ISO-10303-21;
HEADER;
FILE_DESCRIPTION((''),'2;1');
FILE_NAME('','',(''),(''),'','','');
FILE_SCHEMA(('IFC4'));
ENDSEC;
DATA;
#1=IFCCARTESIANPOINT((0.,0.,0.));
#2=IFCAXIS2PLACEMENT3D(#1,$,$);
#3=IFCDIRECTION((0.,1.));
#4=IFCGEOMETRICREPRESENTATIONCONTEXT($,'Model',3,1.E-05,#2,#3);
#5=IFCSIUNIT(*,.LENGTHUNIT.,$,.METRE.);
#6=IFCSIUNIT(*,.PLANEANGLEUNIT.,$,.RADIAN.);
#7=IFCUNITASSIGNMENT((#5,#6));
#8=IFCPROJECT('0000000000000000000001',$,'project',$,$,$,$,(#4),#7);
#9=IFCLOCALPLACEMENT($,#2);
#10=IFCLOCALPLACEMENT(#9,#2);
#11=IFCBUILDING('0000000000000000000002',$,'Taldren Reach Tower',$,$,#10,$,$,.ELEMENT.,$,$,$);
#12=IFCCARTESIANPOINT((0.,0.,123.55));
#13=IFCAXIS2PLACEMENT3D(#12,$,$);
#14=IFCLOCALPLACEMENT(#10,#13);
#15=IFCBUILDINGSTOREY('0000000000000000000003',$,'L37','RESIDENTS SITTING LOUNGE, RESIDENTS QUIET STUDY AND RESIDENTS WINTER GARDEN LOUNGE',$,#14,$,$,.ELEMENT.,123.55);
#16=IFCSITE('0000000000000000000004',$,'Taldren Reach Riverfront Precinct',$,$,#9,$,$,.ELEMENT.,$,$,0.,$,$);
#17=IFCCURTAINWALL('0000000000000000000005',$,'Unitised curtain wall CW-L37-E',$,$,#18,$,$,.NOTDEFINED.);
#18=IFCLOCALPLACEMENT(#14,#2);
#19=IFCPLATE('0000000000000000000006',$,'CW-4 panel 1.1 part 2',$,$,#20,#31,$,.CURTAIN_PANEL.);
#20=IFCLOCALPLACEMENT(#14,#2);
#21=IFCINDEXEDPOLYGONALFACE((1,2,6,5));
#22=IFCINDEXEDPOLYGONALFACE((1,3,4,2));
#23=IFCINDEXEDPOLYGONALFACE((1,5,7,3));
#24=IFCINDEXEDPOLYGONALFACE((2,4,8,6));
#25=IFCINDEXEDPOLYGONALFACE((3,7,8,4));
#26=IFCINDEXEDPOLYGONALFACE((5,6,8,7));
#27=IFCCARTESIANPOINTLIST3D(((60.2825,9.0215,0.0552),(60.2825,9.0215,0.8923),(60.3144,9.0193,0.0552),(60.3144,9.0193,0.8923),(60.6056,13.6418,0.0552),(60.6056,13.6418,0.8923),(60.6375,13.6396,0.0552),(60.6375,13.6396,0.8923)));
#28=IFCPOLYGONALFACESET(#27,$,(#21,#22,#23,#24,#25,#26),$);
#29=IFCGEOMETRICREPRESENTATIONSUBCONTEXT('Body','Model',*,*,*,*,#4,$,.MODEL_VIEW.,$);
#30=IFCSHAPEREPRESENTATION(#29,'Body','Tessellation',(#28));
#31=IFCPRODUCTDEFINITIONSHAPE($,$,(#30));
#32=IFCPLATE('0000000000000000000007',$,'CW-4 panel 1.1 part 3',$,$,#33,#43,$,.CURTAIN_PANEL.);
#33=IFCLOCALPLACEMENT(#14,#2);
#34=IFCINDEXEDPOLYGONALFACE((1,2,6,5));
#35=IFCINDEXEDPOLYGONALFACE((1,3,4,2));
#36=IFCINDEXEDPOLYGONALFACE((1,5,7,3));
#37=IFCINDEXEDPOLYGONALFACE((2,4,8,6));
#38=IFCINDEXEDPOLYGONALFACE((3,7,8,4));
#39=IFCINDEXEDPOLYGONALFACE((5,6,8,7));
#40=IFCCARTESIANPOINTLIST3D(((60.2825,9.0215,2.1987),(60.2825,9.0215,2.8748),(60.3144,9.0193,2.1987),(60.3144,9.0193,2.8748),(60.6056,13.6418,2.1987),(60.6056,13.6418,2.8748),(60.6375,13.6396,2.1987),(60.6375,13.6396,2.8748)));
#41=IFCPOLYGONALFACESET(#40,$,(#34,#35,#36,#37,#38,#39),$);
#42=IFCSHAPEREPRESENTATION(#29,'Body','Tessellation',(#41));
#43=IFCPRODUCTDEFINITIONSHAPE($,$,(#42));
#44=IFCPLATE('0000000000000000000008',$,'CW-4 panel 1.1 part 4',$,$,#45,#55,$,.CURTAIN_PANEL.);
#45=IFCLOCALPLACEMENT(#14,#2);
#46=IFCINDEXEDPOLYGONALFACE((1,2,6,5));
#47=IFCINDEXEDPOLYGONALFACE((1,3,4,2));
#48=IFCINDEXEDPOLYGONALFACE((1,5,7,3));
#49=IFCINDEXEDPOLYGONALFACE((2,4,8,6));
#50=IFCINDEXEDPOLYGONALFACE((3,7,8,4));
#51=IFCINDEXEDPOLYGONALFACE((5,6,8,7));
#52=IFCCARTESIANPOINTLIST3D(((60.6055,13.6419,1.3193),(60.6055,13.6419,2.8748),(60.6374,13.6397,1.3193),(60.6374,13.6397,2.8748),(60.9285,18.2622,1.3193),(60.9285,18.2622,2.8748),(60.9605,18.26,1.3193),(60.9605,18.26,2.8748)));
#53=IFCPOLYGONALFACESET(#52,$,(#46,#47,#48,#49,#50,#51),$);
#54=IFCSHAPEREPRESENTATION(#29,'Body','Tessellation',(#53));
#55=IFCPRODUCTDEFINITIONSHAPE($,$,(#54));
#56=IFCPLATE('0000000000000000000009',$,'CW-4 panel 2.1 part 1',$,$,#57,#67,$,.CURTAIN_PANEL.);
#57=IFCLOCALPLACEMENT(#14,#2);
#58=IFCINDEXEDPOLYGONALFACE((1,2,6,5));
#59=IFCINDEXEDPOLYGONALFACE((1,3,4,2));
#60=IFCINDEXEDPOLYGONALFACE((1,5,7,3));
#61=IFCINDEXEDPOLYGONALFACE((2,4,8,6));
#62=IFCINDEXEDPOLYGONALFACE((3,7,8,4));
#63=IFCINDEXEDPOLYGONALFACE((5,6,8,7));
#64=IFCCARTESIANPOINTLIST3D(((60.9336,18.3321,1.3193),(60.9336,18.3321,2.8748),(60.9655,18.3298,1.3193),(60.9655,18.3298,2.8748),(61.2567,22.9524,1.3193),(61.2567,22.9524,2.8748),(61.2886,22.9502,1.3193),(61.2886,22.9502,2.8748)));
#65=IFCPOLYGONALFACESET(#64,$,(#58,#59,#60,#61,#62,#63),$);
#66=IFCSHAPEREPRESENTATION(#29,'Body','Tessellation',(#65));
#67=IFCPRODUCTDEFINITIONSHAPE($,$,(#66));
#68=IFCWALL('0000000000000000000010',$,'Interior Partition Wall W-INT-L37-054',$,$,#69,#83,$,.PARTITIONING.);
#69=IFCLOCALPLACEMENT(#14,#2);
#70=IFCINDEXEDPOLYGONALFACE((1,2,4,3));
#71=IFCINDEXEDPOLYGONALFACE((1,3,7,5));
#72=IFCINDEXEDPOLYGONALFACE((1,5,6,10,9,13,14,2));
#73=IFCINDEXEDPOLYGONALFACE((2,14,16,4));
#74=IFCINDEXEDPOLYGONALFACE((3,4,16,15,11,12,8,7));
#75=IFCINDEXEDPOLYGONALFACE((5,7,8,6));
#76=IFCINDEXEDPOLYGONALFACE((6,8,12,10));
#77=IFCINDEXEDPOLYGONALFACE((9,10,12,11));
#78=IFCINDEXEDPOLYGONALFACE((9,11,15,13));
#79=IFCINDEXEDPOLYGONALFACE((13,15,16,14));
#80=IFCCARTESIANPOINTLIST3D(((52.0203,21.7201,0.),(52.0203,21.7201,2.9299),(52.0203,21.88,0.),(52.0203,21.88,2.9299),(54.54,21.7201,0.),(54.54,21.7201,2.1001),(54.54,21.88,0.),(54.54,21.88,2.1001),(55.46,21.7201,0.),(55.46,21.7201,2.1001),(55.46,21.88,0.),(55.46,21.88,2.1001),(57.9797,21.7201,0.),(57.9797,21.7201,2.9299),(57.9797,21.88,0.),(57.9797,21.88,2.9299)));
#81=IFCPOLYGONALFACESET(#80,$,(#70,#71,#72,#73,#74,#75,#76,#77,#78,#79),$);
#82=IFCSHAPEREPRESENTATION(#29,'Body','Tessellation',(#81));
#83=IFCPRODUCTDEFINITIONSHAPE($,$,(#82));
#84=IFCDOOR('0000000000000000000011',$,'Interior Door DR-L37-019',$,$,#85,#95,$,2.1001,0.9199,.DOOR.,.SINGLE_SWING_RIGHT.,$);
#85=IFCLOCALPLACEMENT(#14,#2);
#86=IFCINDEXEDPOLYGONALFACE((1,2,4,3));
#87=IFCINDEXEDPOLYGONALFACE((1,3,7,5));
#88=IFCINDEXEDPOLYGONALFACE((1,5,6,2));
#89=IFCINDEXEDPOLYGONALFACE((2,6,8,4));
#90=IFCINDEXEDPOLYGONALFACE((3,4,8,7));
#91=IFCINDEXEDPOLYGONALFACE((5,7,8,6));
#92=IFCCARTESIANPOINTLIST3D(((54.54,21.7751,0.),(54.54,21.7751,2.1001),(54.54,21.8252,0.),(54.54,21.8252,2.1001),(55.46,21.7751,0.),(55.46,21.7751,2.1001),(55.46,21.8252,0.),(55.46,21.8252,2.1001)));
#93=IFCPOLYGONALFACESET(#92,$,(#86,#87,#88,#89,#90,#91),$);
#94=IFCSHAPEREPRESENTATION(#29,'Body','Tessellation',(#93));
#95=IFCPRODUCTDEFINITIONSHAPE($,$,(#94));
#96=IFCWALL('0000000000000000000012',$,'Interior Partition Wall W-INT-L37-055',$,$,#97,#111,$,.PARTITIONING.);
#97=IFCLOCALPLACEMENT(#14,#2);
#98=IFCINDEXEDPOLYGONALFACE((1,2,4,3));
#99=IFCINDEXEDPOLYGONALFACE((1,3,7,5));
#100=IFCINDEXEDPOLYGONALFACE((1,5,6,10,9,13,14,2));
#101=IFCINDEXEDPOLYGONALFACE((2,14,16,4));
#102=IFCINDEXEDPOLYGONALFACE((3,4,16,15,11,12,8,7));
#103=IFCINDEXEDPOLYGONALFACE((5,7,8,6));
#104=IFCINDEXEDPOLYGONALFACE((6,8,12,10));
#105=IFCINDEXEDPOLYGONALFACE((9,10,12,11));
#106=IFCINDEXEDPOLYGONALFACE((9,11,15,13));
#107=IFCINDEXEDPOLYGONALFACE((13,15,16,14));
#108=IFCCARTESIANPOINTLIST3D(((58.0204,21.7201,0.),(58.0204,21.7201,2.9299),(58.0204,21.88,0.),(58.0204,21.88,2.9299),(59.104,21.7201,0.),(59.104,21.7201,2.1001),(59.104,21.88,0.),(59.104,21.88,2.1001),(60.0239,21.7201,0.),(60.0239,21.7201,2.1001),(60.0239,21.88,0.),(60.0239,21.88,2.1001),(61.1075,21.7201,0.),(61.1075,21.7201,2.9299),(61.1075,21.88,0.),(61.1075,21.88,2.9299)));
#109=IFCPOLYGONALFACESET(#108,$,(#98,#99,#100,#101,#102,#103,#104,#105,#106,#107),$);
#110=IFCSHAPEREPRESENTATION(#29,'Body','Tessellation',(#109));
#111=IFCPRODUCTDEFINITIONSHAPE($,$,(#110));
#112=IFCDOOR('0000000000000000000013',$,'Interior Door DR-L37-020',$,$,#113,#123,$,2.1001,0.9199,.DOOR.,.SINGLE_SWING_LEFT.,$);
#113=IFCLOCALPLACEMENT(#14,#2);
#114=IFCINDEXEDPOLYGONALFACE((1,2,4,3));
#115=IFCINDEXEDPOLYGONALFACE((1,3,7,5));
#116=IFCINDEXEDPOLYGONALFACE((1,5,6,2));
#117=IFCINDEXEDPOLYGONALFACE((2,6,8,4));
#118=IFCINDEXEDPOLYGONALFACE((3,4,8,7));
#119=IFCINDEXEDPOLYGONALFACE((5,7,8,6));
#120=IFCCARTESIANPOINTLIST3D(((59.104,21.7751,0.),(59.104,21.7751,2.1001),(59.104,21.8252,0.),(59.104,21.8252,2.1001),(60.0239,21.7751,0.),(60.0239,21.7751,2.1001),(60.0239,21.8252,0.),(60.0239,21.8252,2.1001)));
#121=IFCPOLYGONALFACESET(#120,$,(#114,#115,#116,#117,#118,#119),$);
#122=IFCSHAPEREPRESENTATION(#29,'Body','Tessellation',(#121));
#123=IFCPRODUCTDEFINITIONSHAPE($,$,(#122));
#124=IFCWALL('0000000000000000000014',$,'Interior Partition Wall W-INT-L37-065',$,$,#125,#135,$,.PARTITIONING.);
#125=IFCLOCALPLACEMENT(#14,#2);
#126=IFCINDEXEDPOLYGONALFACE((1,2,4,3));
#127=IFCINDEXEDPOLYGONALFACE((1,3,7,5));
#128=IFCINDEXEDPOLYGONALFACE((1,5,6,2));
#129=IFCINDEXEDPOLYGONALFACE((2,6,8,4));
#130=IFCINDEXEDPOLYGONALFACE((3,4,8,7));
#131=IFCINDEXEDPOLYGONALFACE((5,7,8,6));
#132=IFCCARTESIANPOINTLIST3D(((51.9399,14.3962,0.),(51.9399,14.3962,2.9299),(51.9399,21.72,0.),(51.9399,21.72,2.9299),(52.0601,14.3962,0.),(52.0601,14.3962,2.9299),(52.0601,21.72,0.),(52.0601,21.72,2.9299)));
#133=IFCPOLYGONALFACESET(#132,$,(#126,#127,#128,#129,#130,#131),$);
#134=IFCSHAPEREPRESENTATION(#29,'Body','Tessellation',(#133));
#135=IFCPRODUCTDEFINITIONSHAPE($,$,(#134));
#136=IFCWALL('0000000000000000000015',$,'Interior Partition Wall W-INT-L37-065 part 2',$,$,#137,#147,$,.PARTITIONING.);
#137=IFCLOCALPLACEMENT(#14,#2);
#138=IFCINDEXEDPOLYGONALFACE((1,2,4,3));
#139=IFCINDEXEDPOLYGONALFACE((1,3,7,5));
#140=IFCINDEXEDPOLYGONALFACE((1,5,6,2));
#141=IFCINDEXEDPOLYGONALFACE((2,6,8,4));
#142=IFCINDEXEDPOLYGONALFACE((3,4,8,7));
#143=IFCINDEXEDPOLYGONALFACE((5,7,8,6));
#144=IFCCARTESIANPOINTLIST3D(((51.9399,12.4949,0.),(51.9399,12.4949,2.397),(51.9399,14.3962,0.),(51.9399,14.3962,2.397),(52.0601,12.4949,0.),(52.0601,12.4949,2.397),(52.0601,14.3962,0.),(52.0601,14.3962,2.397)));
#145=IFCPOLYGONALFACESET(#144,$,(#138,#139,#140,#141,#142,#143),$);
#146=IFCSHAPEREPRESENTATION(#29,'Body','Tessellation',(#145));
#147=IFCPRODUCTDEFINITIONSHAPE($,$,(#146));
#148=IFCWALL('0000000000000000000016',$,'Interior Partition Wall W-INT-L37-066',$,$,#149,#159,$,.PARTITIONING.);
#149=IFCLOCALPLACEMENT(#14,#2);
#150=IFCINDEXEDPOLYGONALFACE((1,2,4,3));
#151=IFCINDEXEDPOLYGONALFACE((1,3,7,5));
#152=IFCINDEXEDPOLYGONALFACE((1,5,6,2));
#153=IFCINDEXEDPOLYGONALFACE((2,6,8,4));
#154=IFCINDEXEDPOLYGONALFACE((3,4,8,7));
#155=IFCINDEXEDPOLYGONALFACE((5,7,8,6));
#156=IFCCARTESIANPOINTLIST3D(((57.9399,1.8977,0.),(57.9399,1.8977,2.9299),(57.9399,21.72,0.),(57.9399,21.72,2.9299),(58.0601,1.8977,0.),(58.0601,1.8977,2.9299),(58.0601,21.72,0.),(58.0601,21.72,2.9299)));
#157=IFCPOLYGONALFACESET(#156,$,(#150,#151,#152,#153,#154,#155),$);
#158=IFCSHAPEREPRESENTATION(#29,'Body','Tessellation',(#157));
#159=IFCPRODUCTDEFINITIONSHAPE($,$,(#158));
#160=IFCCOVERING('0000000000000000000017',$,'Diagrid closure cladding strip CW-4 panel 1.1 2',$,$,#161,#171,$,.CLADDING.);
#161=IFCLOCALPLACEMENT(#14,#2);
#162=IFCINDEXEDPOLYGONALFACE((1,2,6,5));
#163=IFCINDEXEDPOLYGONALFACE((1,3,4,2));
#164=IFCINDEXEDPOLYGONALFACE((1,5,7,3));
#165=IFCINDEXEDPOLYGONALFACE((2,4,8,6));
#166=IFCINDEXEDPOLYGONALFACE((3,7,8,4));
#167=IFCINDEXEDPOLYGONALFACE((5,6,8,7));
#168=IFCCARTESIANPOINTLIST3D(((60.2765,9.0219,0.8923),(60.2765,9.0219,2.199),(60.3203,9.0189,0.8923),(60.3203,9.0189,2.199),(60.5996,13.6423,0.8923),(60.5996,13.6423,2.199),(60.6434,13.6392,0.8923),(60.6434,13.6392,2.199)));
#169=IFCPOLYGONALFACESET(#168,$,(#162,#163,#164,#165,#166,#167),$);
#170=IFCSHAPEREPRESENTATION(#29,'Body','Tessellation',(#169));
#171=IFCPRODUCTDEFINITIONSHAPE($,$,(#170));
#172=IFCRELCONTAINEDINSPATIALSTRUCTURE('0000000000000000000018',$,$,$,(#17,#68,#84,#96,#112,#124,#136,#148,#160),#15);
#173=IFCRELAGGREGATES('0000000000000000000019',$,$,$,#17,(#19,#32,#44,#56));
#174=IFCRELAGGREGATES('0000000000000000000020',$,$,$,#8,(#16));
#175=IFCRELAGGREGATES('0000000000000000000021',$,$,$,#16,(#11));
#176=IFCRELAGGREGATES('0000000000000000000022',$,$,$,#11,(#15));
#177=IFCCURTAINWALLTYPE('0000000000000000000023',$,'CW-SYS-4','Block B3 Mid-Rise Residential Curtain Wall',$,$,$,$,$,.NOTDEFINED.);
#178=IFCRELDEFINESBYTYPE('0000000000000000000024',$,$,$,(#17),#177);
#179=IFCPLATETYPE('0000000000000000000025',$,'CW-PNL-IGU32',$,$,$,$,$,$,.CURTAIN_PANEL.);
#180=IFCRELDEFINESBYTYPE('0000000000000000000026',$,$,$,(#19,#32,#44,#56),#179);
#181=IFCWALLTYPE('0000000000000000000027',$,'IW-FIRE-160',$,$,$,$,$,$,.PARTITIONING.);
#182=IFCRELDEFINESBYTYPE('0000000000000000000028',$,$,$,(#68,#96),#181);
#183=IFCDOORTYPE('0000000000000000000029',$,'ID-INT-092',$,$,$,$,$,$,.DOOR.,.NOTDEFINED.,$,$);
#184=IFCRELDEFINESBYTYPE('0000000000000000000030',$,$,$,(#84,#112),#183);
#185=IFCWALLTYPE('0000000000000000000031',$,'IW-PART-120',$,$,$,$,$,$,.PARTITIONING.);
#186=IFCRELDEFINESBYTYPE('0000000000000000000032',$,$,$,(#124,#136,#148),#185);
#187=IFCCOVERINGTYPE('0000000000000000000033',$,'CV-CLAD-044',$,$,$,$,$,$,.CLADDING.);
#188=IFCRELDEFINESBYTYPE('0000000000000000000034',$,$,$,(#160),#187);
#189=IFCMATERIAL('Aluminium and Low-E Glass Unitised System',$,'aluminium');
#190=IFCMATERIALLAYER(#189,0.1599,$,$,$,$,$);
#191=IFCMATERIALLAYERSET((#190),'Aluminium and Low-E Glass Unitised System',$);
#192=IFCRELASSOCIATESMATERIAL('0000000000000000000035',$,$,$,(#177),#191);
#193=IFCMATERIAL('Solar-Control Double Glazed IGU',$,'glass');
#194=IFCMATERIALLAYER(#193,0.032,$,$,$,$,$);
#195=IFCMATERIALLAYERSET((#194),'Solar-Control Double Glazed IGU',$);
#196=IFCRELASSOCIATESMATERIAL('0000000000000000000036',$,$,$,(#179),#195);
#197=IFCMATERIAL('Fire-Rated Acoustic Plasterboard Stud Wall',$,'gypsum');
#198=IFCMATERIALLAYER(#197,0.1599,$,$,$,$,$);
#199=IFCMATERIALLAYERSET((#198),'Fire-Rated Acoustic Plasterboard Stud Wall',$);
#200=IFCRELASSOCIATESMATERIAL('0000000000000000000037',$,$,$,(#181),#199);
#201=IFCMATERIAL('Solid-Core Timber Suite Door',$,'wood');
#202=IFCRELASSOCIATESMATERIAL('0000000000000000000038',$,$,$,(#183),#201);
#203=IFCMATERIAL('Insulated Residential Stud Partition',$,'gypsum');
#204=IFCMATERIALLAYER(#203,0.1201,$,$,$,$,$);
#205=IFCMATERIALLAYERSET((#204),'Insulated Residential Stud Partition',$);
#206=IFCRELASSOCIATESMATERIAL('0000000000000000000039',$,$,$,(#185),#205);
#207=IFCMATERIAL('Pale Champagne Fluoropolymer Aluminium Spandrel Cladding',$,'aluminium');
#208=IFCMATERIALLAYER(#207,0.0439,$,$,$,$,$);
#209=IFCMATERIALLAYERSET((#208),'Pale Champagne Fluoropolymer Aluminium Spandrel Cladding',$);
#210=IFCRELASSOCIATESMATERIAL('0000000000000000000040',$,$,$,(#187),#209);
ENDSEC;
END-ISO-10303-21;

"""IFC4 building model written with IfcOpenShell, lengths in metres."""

from ifc_helpers import new_model, si_unit, direction, frame, frame_2d, origin, origin_2d, place, context, subcontext, project, spatial, rectangle, extrude, source, transform, mapped, material, layer, layer_set, type_object, element, fill, aggregate, save


model = new_model("IFC4")

# Units and contexts
model_context = context("Model", 3, precision=1e-05, world=origin(), true_north=direction((0.0, 1.0)))
body_context = subcontext(model_context, "Body", "Model", "MODEL_VIEW")
ifc_project = project(units=[si_unit("LENGTHUNIT", "METRE"), si_unit("PLANEANGLEUNIT", "RADIAN")], contexts=[model_context])

# Site, building, storey
site_placement = place(None, origin())
site = spatial("IfcSite", under=ifc_project, at=site_placement, Name="Taldren Reach Riverfront Precinct", CompositionType="ELEMENT", RefElevation=0.0)
building_placement = place(site_placement, origin())
building = spatial("IfcBuilding", under=site, at=building_placement, Name="Taldren Reach Tower", CompositionType="ELEMENT")
storey_placement = place(building_placement, frame((0.0, 0.0, 123.55)))
storey = spatial("IfcBuildingStorey", under=building, at=storey_placement, Name="L37", Description="RESIDENTS SITTING LOUNGE, RESIDENTS QUIET STUDY AND RESIDENTS WINTER GARDEN LOUNGE", CompositionType="ELEMENT", Elevation=123.55)

# Curtain wall
ifc_material_1 = material(Name="Aluminium and Low-E Glass Unitised System", Category="aluminium")
ifc_layer_1 = layer(ifc_material_1, 0.1599)
ifc_layer_set_1 = layer_set([ifc_layer_1], Name="Aluminium and Low-E Glass Unitised System")
curtain_wall_type = type_object("IfcCurtainWallType", Name="CW-SYS-4", Description="Block B3 Mid-Rise Residential Curtain Wall", PredefinedType="NOTDEFINED", material=ifc_layer_set_1)
curtain_wall_placement = place(storey_placement, origin())
curtain_wall = element("IfcCurtainWall", 1, at=curtain_wall_placement, inside=storey, type_object=curtain_wall_type, Name="Unitised curtain wall CW-L37-E", PredefinedType="NOTDEFINED")

# Plates
ifc_material_2 = material(Name="Solar-Control Double Glazed IGU", Category="glass")
ifc_layer_2 = layer(ifc_material_2, 0.032)
ifc_layer_set_2 = layer_set([ifc_layer_2], Name="Solar-Control Double Glazed IGU")
plate_type_1 = type_object("IfcPlateType", Name="CW-PNL-IGU32", PredefinedType="CURTAIN_PANEL", material=ifc_layer_set_2)
shared_shape_1 = source(origin(), body_context, "Body", "SweptSolid", [
    extrude(rectangle(XDim=4.6316, YDim=0.032, at=origin_2d()), origin(), (0.0, 0.0, 1.0), 0.8372),
])
plate_1_placement = place(storey_placement, frame((60.46, 11.3306, 0.0552), z_axis=(0.0, 0.0, 1.0), x_axis=(0.069756, 0.997564, 0.0)))
plate_1 = element("IfcPlate", 2, at=plate_1_placement, type_object=plate_type_1, Name="CW-4 panel 1.1 part 2", PredefinedType="CURTAIN_PANEL", context=body_context, shape_type="MappedRepresentation", body=[
    mapped(shared_shape_1, transform((0.0, 0.0, 0.0), scale=1.0)),
])
shared_shape_2 = source(origin(), body_context, "Body", "SweptSolid", [
    extrude(rectangle(XDim=4.6316, YDim=0.032, at=origin_2d()), origin(), (0.0, 0.0, 1.0), 0.676),
])
plate_2_placement = place(storey_placement, frame((60.46, 11.3306, 2.1987), z_axis=(0.0, 0.0, 1.0), x_axis=(0.069756, 0.997564, 0.0)))
plate_2 = element("IfcPlate", 3, at=plate_2_placement, type_object=plate_type_1, Name="CW-4 panel 1.1 part 3", PredefinedType="CURTAIN_PANEL", context=body_context, shape_type="MappedRepresentation", body=[
    mapped(shared_shape_2, transform((0.0, 0.0, 0.0), scale=1.0)),
])
shared_shape_3 = source(origin(), body_context, "Body", "SweptSolid", [
    extrude(rectangle(XDim=4.6316, YDim=0.032, at=origin_2d()), origin(), (0.0, 0.0, 1.0), 1.5554),
])
plate_3_placement = place(storey_placement, frame((60.783, 15.9509, 1.3193), z_axis=(0.0, 0.0, 1.0), x_axis=(0.069756, 0.997564, 0.0)))
plate_3 = element("IfcPlate", 4, at=plate_3_placement, type_object=plate_type_1, Name="CW-4 panel 1.1 part 4", PredefinedType="CURTAIN_PANEL", context=body_context, shape_type="MappedRepresentation", body=[
    mapped(shared_shape_3, transform((0.0, 0.0, 0.0), scale=1.0)),
])
plate_4_placement = place(storey_placement, frame((61.1111, 20.6411, 1.3193), z_axis=(0.0, 0.0, 1.0), x_axis=(0.069756, 0.997564, 0.0)))
plate_4 = element("IfcPlate", 5, at=plate_4_placement, type_object=plate_type_1, Name="CW-4 panel 2.1 part 1", PredefinedType="CURTAIN_PANEL", context=body_context, shape_type="MappedRepresentation", body=[
    mapped(shared_shape_3, transform((0.0, 0.0, 0.0), scale=1.0)),
])
aggregate(curtain_wall, [plate_1, plate_2, plate_3, plate_4])

# Walls, openings, doors
ifc_material_3 = material(Name="Fire-Rated Acoustic Plasterboard Stud Wall", Category="gypsum")
ifc_layer_3 = layer(ifc_material_3, 0.1599)
ifc_layer_set_3 = layer_set([ifc_layer_3], Name="Fire-Rated Acoustic Plasterboard Stud Wall")
wall_type_1 = type_object("IfcWallType", Name="IW-FIRE-160", PredefinedType="PARTITIONING", material=ifc_layer_set_3)
shared_shape_4 = source(origin(), body_context, "Body", "SweptSolid", [
    extrude(rectangle(XDim=5.9595, YDim=0.1599, at=frame_2d((2.9797, 0.0))), origin(), (0.0, 0.0, 1.0), 2.9299),
])
wall_1_placement = place(storey_placement, frame((57.9797, 21.8, 0.0), z_axis=(0.0, 0.0, 1.0), x_axis=(-1.0, 0.0, 0.0)))
wall_1 = element("IfcWall", 6, at=wall_1_placement, inside=storey, type_object=wall_type_1, Name="Interior Partition Wall W-INT-L37-054", PredefinedType="PARTITIONING", context=body_context, shape_type="MappedRepresentation", body=[
    mapped(shared_shape_4, transform((0.0, 0.0, 0.0), scale=1.0)),
])
shared_shape_5 = source(origin(), body_context, "Body", "SweptSolid", [
    extrude(rectangle(XDim=0.9199, YDim=2.1001, at=frame_2d((0.46, 1.05))), frame((0.0, 0.0898, 0.0), z_axis=(0.0, -1.0, 0.0), x_axis=(1.0, 0.0, 0.0)), (0.0, 0.0, 1.0), 0.1799),
])
opening_1_placement = place(wall_1_placement, frame((2.5198, 0.0, 0.0)))
opening_1 = element("IfcOpeningElement", 7, at=opening_1_placement, cuts=wall_1, PredefinedType="OPENING", context=body_context, shape_type="MappedRepresentation", body=[
    mapped(shared_shape_5, transform((0.0, 0.0, 0.0), scale=1.0)),
])
ifc_material_4 = material(Name="Solid-Core Timber Suite Door", Category="wood")
door_type = type_object("IfcDoorType", Name="ID-INT-092", OperationType="NOTDEFINED", PredefinedType="DOOR", material=ifc_material_4)
shared_shape_6 = source(origin(), body_context, "Body", "SweptSolid", [
    extrude(rectangle(XDim=0.9199, YDim=2.1001, at=frame_2d((0.46, 1.05))), frame((0.0, 0.0249, 0.0), z_axis=(0.0, -1.0, 0.0), x_axis=(1.0, 0.0, 0.0)), (0.0, 0.0, 1.0), 0.05),
])
door_1_placement = place(opening_1_placement, origin())
door_1 = element("IfcDoor", 8, at=door_1_placement, inside=storey, type_object=door_type, Name="Interior Door DR-L37-019", OperationType="SINGLE_SWING_RIGHT", OverallHeight=2.1001, OverallWidth=0.9199, PredefinedType="DOOR", context=body_context, shape_type="MappedRepresentation", body=[
    mapped(shared_shape_6, transform((0.0, 0.0, 0.0), scale=1.0)),
])
fill(opening_1, door_1)
shared_shape_7 = source(origin(), body_context, "Body", "SweptSolid", [
    extrude(rectangle(XDim=3.0872, YDim=0.1599, at=frame_2d((1.5435, 0.0))), origin(), (0.0, 0.0, 1.0), 2.9299),
])
wall_2_placement = place(storey_placement, frame((61.1074, 21.8, 0.0), z_axis=(0.0, 0.0, 1.0), x_axis=(-1.0, 0.0, 0.0)))
wall_2 = element("IfcWall", 9, at=wall_2_placement, inside=storey, type_object=wall_type_1, Name="Interior Partition Wall W-INT-L37-055", PredefinedType="PARTITIONING", context=body_context, shape_type="MappedRepresentation", body=[
    mapped(shared_shape_7, transform((0.0, 0.0, 0.0), scale=1.0)),
])
opening_2_placement = place(wall_2_placement, frame((1.0835, 0.0, 0.0)))
opening_2 = element("IfcOpeningElement", 10, at=opening_2_placement, cuts=wall_2, PredefinedType="OPENING", context=body_context, shape_type="MappedRepresentation", body=[
    mapped(shared_shape_5, transform((0.0, 0.0, 0.0), scale=1.0)),
])
door_2_placement = place(opening_2_placement, origin())
door_2 = element("IfcDoor", 11, at=door_2_placement, inside=storey, type_object=door_type, Name="Interior Door DR-L37-020", OperationType="SINGLE_SWING_LEFT", OverallHeight=2.1001, OverallWidth=0.9199, PredefinedType="DOOR", context=body_context, shape_type="MappedRepresentation", body=[
    mapped(shared_shape_6, transform((0.0, 0.0, 0.0), scale=1.0)),
])
fill(opening_2, door_2)

# Walls
ifc_material_5 = material(Name="Insulated Residential Stud Partition", Category="gypsum")
ifc_layer_4 = layer(ifc_material_5, 0.1201)
ifc_layer_set_4 = layer_set([ifc_layer_4], Name="Insulated Residential Stud Partition")
wall_type_2 = type_object("IfcWallType", Name="IW-PART-120", PredefinedType="PARTITIONING", material=ifc_layer_set_4)
shared_shape_8 = source(origin(), body_context, "Body", "SweptSolid", [
    extrude(rectangle(XDim=7.3237, YDim=0.1201, at=frame_2d((3.6619, 0.0))), origin(), (0.0, 0.0, 1.0), 2.9299),
])
wall_3_placement = place(storey_placement, frame((52.0, 21.72, 0.0), z_axis=(0.0, 0.0, 1.0), x_axis=(0.0, -1.0, 0.0)))
element("IfcWall", 12, at=wall_3_placement, inside=storey, type_object=wall_type_2, Name="Interior Partition Wall W-INT-L37-065", PredefinedType="PARTITIONING", context=body_context, shape_type="MappedRepresentation", body=[
    mapped(shared_shape_8, transform((0.0, 0.0, 0.0), scale=1.0)),
])
shared_shape_9 = source(origin(), body_context, "Body", "SweptSolid", [
    extrude(rectangle(XDim=1.9014, YDim=0.1201, at=frame_2d((0.9507, 0.0))), origin(), (0.0, 0.0, 1.0), 2.397),
])
wall_4_placement = place(storey_placement, frame((52.0, 14.3962, 0.0), z_axis=(0.0, 0.0, 1.0), x_axis=(0.0, -1.0, 0.0)))
element("IfcWall", 13, at=wall_4_placement, inside=storey, type_object=wall_type_2, Name="Interior Partition Wall W-INT-L37-065 part 2", PredefinedType="PARTITIONING", context=body_context, shape_type="MappedRepresentation", body=[
    mapped(shared_shape_9, transform((0.0, 0.0, 0.0), scale=1.0)),
])
shared_shape_10 = source(origin(), body_context, "Body", "SweptSolid", [
    extrude(rectangle(XDim=19.8223, YDim=0.1201, at=frame_2d((9.9111, 0.0))), origin(), (0.0, 0.0, 1.0), 2.9299),
])
wall_5_placement = place(storey_placement, frame((58.0, 21.72, 0.0), z_axis=(0.0, 0.0, 1.0), x_axis=(0.0, -1.0, 0.0)))
element("IfcWall", 14, at=wall_5_placement, inside=storey, type_object=wall_type_2, Name="Interior Partition Wall W-INT-L37-066", PredefinedType="PARTITIONING", context=body_context, shape_type="MappedRepresentation", body=[
    mapped(shared_shape_10, transform((0.0, 0.0, 0.0), scale=1.0)),
])

# Covering
ifc_material_6 = material(Name="Pale Champagne Fluoropolymer Aluminium Spandrel Cladding", Category="aluminium")
ifc_layer_5 = layer(ifc_material_6, 0.0439)
ifc_layer_set_5 = layer_set([ifc_layer_5], Name="Pale Champagne Fluoropolymer Aluminium Spandrel Cladding")
covering_type = type_object("IfcCoveringType", Name="CV-CLAD-044", PredefinedType="CLADDING", material=ifc_layer_set_5)
shared_shape_11 = source(origin(), body_context, "Body", "SweptSolid", [
    extrude(rectangle(XDim=4.6316, YDim=0.0439, at=origin_2d()), origin(), (0.0, 0.0, 1.0), 1.3066),
])
covering_placement = place(storey_placement, frame((60.46, 11.3306, 0.8923), z_axis=(0.0, 0.0, 1.0), x_axis=(0.069756, 0.997564, 0.0)))
element("IfcCovering", 15, at=covering_placement, inside=storey, type_object=covering_type, Name="Diagrid closure cladding strip CW-4 panel 1.1 2", PredefinedType="CLADDING", context=body_context, shape_type="MappedRepresentation", body=[
    mapped(shared_shape_11, transform((0.0, 0.0, 0.0), scale=1.0)),
])

save(model, "model.ifc")
